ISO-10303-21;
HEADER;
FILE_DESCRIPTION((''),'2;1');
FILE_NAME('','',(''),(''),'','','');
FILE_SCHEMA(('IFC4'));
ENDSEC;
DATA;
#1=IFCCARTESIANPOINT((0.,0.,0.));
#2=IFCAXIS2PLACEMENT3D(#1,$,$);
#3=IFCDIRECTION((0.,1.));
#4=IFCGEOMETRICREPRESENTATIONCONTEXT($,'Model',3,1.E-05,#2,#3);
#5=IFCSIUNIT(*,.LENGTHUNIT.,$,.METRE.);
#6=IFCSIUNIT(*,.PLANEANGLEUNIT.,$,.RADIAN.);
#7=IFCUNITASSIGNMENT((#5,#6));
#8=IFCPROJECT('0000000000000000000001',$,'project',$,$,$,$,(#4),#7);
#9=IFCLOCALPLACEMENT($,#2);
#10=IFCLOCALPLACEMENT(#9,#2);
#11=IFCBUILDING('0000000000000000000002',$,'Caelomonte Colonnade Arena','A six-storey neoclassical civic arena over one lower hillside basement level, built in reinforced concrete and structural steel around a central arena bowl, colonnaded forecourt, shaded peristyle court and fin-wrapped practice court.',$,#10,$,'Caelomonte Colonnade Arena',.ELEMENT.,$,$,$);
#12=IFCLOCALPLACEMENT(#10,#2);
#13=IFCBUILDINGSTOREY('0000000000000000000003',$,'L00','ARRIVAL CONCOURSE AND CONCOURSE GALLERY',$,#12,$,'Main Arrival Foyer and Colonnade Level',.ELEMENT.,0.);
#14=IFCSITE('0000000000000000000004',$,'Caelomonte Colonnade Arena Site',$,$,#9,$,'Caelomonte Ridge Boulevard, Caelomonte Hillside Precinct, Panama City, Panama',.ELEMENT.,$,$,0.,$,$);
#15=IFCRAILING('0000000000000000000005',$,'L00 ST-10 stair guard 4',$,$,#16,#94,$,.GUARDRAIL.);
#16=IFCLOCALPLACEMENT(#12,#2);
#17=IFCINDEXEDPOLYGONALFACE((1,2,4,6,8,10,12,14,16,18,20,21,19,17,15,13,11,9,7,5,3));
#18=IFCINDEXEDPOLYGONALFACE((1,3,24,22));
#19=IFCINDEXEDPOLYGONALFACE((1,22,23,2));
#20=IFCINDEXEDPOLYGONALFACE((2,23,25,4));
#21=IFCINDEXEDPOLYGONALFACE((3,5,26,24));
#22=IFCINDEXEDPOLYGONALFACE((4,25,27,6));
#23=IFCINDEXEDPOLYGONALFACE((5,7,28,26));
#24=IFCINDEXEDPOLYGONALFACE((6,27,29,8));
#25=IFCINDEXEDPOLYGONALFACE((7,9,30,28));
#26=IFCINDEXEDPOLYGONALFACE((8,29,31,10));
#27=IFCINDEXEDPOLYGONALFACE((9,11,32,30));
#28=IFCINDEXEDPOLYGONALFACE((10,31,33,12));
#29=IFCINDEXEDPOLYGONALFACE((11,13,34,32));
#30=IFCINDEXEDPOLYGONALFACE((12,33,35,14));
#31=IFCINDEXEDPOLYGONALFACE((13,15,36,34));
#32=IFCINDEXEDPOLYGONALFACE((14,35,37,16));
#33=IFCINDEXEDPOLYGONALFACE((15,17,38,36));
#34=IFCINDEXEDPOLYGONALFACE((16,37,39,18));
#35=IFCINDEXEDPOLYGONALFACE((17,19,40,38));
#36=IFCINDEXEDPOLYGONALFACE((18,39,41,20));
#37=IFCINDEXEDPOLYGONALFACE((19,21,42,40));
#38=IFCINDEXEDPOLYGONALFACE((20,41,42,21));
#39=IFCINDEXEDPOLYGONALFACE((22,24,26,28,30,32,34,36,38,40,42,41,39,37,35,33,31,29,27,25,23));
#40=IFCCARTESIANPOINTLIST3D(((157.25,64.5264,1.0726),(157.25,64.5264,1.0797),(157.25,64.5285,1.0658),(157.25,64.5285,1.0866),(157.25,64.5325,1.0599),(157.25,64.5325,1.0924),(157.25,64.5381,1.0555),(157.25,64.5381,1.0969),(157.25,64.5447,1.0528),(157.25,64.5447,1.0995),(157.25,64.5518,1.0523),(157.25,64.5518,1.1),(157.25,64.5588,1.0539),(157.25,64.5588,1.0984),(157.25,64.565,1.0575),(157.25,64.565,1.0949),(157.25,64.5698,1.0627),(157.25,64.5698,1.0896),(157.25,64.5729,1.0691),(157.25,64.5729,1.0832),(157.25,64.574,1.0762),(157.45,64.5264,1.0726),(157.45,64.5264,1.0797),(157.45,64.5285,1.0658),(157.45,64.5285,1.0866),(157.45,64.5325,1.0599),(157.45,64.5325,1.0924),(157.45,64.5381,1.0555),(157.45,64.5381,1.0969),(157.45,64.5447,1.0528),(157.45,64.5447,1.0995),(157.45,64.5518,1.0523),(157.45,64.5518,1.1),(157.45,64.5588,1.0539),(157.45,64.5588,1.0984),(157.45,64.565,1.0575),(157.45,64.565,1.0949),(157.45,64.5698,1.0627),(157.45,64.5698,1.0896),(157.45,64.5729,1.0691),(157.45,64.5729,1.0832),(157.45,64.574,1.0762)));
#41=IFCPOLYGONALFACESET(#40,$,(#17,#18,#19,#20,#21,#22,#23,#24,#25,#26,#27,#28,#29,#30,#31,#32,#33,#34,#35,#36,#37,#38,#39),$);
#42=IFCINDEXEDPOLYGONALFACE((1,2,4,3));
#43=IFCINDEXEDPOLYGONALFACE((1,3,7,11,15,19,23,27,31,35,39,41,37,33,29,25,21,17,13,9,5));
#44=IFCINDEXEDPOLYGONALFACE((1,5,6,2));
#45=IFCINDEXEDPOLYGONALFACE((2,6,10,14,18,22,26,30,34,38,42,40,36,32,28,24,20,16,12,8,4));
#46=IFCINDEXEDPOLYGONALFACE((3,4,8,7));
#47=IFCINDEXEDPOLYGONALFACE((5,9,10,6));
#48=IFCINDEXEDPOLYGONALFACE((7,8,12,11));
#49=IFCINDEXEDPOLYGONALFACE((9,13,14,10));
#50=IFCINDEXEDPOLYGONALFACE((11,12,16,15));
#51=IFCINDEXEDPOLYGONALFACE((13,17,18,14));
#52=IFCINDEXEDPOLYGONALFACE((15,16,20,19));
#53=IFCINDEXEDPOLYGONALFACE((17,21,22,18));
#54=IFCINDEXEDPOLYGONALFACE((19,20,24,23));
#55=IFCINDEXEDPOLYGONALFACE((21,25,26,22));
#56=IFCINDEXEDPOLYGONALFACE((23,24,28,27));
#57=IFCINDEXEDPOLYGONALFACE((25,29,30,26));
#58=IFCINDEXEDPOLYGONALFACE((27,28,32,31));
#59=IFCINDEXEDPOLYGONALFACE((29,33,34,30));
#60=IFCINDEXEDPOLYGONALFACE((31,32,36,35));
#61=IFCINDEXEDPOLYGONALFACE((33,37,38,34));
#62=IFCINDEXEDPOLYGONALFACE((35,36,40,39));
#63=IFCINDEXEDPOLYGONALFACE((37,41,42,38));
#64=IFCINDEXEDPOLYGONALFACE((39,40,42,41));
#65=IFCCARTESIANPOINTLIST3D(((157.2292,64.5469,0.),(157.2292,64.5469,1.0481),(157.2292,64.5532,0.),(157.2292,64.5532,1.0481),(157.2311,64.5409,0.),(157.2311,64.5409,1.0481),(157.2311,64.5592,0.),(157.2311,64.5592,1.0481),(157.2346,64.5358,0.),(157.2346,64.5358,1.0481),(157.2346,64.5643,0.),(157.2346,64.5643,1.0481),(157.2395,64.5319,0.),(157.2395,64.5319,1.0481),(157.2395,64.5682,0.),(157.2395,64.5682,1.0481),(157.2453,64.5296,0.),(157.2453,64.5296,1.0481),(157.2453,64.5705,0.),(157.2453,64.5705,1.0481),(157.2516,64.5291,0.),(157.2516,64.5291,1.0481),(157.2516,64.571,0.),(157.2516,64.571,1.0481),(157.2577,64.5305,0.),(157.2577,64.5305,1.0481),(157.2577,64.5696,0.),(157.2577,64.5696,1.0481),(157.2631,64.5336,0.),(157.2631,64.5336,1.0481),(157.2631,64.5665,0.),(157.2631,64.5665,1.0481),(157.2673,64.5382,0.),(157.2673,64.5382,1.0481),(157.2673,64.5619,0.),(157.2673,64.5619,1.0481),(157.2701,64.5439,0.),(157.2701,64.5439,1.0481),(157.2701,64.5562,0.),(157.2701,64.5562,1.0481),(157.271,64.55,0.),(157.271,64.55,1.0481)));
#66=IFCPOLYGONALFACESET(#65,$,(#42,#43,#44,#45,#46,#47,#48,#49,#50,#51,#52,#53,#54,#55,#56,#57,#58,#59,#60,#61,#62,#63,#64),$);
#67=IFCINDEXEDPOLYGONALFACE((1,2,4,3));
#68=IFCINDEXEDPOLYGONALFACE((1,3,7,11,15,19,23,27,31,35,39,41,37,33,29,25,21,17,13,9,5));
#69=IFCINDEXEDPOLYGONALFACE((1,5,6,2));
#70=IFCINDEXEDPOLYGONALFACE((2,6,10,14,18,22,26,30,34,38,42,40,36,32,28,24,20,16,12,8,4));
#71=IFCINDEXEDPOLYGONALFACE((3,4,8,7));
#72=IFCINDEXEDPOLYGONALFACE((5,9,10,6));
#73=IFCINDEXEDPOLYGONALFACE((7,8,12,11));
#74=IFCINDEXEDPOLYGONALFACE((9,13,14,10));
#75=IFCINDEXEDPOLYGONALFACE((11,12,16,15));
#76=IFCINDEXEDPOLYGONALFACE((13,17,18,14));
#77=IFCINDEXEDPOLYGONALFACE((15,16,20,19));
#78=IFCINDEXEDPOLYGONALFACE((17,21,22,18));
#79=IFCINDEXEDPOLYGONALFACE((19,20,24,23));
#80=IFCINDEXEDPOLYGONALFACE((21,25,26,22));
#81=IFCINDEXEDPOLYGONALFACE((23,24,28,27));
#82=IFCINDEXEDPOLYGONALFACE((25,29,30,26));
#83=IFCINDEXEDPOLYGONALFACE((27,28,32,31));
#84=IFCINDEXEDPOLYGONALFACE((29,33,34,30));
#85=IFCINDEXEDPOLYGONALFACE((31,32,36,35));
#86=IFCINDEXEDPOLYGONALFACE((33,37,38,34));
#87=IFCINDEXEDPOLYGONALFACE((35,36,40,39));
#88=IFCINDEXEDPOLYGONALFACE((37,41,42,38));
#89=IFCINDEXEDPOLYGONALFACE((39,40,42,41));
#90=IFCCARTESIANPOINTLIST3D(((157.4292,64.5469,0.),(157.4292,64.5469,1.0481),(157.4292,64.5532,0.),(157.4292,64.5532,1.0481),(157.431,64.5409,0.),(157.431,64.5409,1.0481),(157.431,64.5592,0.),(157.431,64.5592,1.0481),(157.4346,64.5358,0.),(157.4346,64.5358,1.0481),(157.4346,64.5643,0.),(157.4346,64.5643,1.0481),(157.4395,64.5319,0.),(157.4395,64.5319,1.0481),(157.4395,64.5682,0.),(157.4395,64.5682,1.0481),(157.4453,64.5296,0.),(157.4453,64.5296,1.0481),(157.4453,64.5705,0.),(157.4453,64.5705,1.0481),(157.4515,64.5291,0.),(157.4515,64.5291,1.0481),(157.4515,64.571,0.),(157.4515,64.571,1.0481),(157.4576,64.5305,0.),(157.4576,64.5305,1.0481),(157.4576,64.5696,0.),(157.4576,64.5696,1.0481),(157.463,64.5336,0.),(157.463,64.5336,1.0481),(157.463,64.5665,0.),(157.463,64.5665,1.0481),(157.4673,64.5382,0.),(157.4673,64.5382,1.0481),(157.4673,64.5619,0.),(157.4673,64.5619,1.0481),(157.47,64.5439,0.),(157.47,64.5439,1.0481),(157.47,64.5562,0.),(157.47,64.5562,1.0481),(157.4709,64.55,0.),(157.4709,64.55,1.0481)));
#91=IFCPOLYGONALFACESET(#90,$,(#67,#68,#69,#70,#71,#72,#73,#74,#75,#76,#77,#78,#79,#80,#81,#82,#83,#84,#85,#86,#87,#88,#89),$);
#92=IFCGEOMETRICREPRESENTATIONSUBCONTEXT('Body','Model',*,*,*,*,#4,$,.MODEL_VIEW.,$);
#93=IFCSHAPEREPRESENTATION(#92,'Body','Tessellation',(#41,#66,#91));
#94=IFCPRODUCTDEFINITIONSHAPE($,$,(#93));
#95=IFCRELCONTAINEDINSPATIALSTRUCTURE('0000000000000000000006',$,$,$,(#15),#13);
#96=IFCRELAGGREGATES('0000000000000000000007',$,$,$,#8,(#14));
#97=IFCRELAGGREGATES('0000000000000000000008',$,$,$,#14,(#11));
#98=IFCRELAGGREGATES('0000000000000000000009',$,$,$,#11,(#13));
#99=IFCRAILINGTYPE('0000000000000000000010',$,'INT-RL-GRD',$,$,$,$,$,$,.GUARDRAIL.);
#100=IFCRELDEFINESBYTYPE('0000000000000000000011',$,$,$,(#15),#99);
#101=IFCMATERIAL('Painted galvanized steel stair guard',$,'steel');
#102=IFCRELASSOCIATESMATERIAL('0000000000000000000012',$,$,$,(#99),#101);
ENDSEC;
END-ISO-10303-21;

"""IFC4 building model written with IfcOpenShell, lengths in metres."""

from ifc_helpers import new_model, si_unit, direction, frame, origin, origin_2d, place, context, subcontext, project, spatial, circle, extrude, material, type_object, element, save


model = new_model("IFC4")

# Units and contexts
model_context = context("Model", 3, precision=1e-05, world=origin(), true_north=direction((0.0, 1.0)))
body_context = subcontext(model_context, "Body", "Model", "MODEL_VIEW")
ifc_project = project(units=[si_unit("LENGTHUNIT", "METRE"), si_unit("PLANEANGLEUNIT", "RADIAN")], contexts=[model_context])

# Site, building, storey
site_placement = place(None, origin())
site = spatial("IfcSite", under=ifc_project, at=site_placement, Name="Caelomonte Colonnade Arena Site", LongName="Caelomonte Ridge Boulevard, Caelomonte Hillside Precinct, Panama City, Panama", CompositionType="ELEMENT", RefElevation=0.0)
building_placement = place(site_placement, origin())
building = spatial("IfcBuilding", under=site, at=building_placement, Name="Caelomonte Colonnade Arena", Description="A six-storey neoclassical civic arena over one lower hillside basement level, built in reinforced concrete and structural steel around a central arena bowl, colonnaded forecourt, shaded peristyle court and fin-wrapped practice court.", LongName="Caelomonte Colonnade Arena", CompositionType="ELEMENT")
storey_placement = place(building_placement, origin())
storey = spatial("IfcBuildingStorey", under=building, at=storey_placement, Name="L00", Description="ARRIVAL CONCOURSE AND CONCOURSE GALLERY", LongName="Main Arrival Foyer and Colonnade Level", CompositionType="ELEMENT", Elevation=0.0)

# Railing
ifc_material_1 = material(Name="Painted galvanized steel stair guard", Category="steel")
railing_type_1 = type_object("IfcRailingType", Name="INT-RL-GRD", PredefinedType="GUARDRAIL", material=ifc_material_1)
railing_1_placement = place(storey_placement, frame((157.25, 64.55, 0.0)))
element("IfcRailing", 1, at=railing_1_placement, inside=storey, type_object=railing_type_1, Name="L00 ST-10 stair guard 4", PredefinedType="GUARDRAIL", context=body_context, shape_type="SweptSolid", body=[
    extrude(circle(Radius=0.0239, at=origin_2d()), frame((0.0, 0.0, 1.0762), z_axis=(1.0, 0.0, 0.0), x_axis=(0.0, 1.0, 0.0)), (0.0, 0.0, 1.0), 0.2),
    extrude(circle(Radius=0.021, at=origin_2d()), origin(), (0.0, 0.0, 1.0), 1.0481),
    extrude(circle(Radius=0.021, at=origin_2d()), frame((0.2, 0.0, 0.0)), (0.0, 0.0, 1.0), 1.0481),
])

save(model, "model.ifc")
